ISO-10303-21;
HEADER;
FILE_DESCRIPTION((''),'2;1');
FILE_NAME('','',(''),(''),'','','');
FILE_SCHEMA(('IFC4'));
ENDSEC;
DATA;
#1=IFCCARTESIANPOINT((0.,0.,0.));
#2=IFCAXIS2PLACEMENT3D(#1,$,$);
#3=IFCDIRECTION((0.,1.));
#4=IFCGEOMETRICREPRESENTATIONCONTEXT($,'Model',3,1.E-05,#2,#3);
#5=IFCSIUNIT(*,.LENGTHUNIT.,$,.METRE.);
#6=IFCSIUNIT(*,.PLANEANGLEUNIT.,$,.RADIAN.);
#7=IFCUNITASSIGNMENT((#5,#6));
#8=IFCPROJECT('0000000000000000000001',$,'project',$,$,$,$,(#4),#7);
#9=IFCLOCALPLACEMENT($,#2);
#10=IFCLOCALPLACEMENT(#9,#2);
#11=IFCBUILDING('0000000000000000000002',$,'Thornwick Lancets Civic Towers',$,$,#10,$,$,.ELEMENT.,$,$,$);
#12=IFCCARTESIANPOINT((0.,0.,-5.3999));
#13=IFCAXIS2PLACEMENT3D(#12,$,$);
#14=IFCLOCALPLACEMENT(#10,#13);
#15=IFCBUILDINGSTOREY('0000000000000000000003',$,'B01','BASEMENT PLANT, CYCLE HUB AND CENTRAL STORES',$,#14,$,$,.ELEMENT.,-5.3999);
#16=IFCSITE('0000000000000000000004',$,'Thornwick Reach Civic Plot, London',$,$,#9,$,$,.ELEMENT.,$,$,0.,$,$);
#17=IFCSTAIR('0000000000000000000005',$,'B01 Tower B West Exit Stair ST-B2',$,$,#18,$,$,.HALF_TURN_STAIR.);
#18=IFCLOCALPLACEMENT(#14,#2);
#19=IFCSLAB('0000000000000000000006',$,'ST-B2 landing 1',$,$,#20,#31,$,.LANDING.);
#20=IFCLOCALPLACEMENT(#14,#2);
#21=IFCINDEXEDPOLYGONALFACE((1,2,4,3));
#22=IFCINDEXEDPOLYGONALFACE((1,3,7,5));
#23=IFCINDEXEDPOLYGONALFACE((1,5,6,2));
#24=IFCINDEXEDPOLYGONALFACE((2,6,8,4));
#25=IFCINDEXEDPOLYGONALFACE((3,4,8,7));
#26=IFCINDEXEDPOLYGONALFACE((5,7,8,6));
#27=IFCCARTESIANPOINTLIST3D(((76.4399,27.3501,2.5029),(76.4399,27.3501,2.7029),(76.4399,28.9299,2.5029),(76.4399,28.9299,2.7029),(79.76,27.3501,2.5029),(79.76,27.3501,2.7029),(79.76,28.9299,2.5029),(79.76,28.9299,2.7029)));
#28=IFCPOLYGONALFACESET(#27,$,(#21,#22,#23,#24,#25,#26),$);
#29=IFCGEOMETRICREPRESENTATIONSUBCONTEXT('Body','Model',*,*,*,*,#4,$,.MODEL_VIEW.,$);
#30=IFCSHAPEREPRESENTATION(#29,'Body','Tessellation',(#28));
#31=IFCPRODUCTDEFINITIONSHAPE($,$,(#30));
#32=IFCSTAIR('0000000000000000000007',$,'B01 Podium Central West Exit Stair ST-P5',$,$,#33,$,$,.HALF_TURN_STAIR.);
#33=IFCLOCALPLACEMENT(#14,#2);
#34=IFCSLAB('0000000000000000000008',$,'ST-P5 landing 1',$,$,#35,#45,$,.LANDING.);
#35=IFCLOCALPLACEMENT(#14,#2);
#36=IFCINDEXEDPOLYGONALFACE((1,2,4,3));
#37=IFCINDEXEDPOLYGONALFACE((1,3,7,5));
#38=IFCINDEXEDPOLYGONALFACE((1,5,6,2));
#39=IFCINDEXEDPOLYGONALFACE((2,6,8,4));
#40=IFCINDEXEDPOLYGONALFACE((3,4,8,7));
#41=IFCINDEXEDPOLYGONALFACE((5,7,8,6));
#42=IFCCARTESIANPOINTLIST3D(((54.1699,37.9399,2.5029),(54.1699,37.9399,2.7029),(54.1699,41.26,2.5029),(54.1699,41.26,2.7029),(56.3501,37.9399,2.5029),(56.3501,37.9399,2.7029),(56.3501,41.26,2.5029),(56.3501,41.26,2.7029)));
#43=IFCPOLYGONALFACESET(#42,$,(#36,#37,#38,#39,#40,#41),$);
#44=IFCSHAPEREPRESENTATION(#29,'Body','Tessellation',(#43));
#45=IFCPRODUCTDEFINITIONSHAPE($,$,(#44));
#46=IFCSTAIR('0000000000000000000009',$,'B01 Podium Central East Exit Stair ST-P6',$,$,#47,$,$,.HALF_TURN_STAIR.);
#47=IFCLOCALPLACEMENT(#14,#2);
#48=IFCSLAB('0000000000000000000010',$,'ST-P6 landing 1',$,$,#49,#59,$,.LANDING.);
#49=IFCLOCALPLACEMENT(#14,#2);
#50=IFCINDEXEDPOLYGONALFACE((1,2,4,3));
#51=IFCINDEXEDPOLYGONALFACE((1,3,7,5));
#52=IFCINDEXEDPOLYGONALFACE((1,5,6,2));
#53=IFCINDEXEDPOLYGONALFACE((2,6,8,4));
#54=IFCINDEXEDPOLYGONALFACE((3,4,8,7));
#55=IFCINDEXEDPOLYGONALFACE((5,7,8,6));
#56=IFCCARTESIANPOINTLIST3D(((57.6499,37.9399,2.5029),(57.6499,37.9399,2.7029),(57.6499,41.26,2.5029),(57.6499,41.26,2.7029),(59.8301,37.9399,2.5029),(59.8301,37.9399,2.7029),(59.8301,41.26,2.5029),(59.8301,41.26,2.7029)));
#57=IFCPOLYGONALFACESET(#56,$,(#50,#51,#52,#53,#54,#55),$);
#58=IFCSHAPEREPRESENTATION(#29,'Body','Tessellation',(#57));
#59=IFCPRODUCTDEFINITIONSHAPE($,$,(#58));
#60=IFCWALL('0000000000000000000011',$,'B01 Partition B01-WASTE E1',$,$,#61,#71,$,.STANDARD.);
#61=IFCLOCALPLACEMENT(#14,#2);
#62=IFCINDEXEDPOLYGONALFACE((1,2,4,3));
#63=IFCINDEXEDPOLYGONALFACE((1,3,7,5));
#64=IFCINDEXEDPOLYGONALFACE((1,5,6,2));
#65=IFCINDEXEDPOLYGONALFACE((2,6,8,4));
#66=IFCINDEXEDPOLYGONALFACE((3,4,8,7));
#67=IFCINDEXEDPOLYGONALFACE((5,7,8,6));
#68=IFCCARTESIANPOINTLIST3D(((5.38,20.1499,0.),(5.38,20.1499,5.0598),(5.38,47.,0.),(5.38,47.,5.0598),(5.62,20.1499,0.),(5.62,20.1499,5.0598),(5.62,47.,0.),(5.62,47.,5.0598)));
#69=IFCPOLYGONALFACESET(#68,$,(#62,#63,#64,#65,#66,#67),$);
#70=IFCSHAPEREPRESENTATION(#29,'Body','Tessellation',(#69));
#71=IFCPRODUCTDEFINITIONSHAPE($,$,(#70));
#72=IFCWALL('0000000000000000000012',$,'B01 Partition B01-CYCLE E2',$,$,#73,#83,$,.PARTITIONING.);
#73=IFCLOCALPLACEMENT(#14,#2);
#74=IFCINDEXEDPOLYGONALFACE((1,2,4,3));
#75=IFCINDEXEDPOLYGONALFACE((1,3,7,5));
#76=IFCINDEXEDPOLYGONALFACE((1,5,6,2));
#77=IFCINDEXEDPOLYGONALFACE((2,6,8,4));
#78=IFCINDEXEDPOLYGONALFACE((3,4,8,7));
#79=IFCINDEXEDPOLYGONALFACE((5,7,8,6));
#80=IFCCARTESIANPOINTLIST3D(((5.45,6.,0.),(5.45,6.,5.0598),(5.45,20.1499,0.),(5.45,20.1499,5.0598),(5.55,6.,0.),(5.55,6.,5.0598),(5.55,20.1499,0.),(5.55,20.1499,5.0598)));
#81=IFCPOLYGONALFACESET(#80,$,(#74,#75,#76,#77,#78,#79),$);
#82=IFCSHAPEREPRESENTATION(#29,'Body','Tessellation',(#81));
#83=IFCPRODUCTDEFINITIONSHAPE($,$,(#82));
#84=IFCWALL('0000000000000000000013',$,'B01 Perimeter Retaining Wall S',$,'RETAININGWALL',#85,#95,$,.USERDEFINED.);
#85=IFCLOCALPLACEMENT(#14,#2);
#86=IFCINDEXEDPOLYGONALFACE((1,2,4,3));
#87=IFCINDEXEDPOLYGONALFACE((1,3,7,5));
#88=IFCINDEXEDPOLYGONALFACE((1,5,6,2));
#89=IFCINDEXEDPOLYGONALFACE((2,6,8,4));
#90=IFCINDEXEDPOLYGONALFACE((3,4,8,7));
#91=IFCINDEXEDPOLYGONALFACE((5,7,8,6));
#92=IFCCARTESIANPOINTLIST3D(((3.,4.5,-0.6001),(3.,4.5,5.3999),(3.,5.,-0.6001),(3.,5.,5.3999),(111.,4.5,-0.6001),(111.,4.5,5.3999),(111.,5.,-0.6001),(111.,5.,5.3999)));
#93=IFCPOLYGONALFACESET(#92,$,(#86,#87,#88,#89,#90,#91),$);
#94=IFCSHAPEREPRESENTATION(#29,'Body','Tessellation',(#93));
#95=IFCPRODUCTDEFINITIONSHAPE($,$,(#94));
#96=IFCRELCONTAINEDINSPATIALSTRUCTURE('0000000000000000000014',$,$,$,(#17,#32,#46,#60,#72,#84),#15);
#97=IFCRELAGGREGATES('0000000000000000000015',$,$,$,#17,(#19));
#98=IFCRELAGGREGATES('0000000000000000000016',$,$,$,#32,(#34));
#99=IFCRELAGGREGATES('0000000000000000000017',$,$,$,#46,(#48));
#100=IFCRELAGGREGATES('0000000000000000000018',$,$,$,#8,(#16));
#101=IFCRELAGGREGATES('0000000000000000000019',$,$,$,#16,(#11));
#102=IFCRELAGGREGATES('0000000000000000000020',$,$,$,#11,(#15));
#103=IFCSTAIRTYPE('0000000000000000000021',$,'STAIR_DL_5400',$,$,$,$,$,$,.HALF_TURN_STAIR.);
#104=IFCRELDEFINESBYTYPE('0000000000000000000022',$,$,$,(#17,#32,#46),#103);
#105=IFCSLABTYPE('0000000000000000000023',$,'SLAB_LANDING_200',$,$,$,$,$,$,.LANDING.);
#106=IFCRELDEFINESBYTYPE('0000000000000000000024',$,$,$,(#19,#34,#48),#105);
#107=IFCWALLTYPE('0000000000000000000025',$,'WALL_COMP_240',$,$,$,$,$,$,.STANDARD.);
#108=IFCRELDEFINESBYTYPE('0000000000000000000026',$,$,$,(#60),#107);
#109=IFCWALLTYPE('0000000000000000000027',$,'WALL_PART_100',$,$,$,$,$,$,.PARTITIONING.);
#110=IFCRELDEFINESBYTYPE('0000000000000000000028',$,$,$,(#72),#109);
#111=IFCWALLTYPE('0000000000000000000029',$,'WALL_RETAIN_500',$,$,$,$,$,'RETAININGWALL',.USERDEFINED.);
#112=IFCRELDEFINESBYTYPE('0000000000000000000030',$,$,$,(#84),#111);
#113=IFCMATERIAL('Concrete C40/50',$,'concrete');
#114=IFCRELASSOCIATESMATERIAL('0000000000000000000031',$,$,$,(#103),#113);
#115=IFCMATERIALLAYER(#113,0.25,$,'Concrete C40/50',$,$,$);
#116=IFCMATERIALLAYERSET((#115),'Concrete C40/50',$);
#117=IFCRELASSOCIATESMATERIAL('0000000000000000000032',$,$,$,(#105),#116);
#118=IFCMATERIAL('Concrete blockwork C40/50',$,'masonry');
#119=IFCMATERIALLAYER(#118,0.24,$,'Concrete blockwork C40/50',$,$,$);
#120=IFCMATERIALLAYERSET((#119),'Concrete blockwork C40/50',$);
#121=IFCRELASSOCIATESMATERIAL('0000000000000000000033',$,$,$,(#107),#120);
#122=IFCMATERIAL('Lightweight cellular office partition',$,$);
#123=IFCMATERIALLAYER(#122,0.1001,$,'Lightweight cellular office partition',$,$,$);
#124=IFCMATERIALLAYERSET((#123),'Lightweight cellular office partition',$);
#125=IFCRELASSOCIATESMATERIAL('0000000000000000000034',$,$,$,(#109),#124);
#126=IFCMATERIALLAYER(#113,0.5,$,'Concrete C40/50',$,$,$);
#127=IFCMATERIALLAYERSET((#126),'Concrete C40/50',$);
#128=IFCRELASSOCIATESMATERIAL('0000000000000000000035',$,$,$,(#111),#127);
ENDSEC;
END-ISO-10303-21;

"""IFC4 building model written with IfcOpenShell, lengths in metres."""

from ifc_helpers import new_model, si_unit, direction, frame, frame_2d, origin, place, context, subcontext, project, spatial, polyline, rectangle, outline, extrude, material, layer, layer_set, type_object, element, aggregate, save


model = new_model("IFC4")

# Units and contexts
model_context = context("Model", 3, precision=1e-05, world=origin(), true_north=direction((0.0, 1.0)))
body_context = subcontext(model_context, "Body", "Model", "MODEL_VIEW")
ifc_project = project(units=[si_unit("LENGTHUNIT", "METRE"), si_unit("PLANEANGLEUNIT", "RADIAN")], contexts=[model_context])

# Site, building, storey
site_placement = place(None, origin())
site = spatial("IfcSite", under=ifc_project, at=site_placement, Name="Thornwick Reach Civic Plot, London", CompositionType="ELEMENT", RefElevation=0.0)
building_placement = place(site_placement, origin())
building = spatial("IfcBuilding", under=site, at=building_placement, Name="Thornwick Lancets Civic Towers", CompositionType="ELEMENT")
storey_placement = place(building_placement, frame((0.0, 0.0, -5.3999)))
storey = spatial("IfcBuildingStorey", under=building, at=storey_placement, Name="B01", Description="BASEMENT PLANT, CYCLE HUB AND CENTRAL STORES", CompositionType="ELEMENT", Elevation=-5.3999)

# Shared definitions
ifc_material_1 = material(Name="Concrete C40/50", Category="concrete")

# Stairs, slabs
stair_type = type_object("IfcStairType", Name="STAIR_DL_5400", PredefinedType="HALF_TURN_STAIR", material=ifc_material_1)
ifc_layer_1 = layer(ifc_material_1, 0.25, Name="Concrete C40/50")
ifc_layer_set_1 = layer_set([ifc_layer_1], Name="Concrete C40/50")
slab_type_1 = type_object("IfcSlabType", Name="SLAB_LANDING_200", PredefinedType="LANDING", material=ifc_layer_set_1)
stair_1_placement = place(storey_placement, origin())
stair_1 = element("IfcStair", 1, at=stair_1_placement, inside=storey, type_object=stair_type, Name="B01 Tower B West Exit Stair ST-B2", PredefinedType="HALF_TURN_STAIR")
slab_1_placement = place(storey_placement, frame((0.0, 0.0, 2.5029)))
slab_1 = element("IfcSlab", 2, at=slab_1_placement, type_object=slab_type_1, Name="ST-B2 landing 1", PredefinedType="LANDING", context=body_context, shape_type="SweptSolid", body=[
    extrude(outline(polyline([(76.4399, 28.9299), (76.4399, 27.3501), (79.76, 27.3501), (79.76, 28.9299), (76.4399, 28.9299)])), origin(), (0.0, 0.0, 1.0), 0.2),
])
aggregate(stair_1, [slab_1])
stair_2_placement = place(storey_placement, origin())
stair_2 = element("IfcStair", 3, at=stair_2_placement, inside=storey, type_object=stair_type, Name="B01 Podium Central West Exit Stair ST-P5", PredefinedType="HALF_TURN_STAIR")
slab_2_placement = place(storey_placement, frame((0.0, 0.0, 2.5029)))
slab_2 = element("IfcSlab", 4, at=slab_2_placement, type_object=slab_type_1, Name="ST-P5 landing 1", PredefinedType="LANDING", context=body_context, shape_type="SweptSolid", body=[
    extrude(outline(polyline([(54.1699, 37.9399), (56.3501, 37.9399), (56.3501, 41.26), (54.1699, 41.26), (54.1699, 37.9399)])), origin(), (0.0, 0.0, 1.0), 0.2),
])
aggregate(stair_2, [slab_2])
stair_3_placement = place(storey_placement, origin())
stair_3 = element("IfcStair", 5, at=stair_3_placement, inside=storey, type_object=stair_type, Name="B01 Podium Central East Exit Stair ST-P6", PredefinedType="HALF_TURN_STAIR")
slab_3_placement = place(storey_placement, frame((0.0, 0.0, 2.5029)))
slab_3 = element("IfcSlab", 6, at=slab_3_placement, type_object=slab_type_1, Name="ST-P6 landing 1", PredefinedType="LANDING", context=body_context, shape_type="SweptSolid", body=[
    extrude(outline(polyline([(59.8301, 41.26), (57.6499, 41.26), (57.6499, 37.9399), (59.8301, 37.9399), (59.8301, 41.26)])), origin(), (0.0, 0.0, 1.0), 0.2),
])
aggregate(stair_3, [slab_3])

# Walls
ifc_material_2 = material(Name="Concrete blockwork C40/50", Category="masonry")
ifc_layer_2 = layer(ifc_material_2, 0.24, Name="Concrete blockwork C40/50")
ifc_layer_set_2 = layer_set([ifc_layer_2], Name="Concrete blockwork C40/50")
wall_type_1 = type_object("IfcWallType", Name="WALL_COMP_240", PredefinedType="STANDARD", material=ifc_layer_set_2)
wall_1_placement = place(storey_placement, frame((5.5, 20.1499, 0.0), z_axis=(0.0, 0.0, 1.0), x_axis=(0.0, 1.0, 0.0)))
element("IfcWall", 7, at=wall_1_placement, inside=storey, type_object=wall_type_1, Name="B01 Partition B01-WASTE E1", PredefinedType="STANDARD", context=body_context, shape_type="SweptSolid", body=[
    extrude(rectangle(XDim=26.8501, YDim=0.24, at=frame_2d((13.425, 0.0))), origin(), (0.0, 0.0, 1.0), 5.0598),
])
ifc_material_3 = material(Name="Lightweight cellular office partition")
ifc_layer_3 = layer(ifc_material_3, 0.1001, Name="Lightweight cellular office partition")
ifc_layer_set_3 = layer_set([ifc_layer_3], Name="Lightweight cellular office partition")
wall_type_2 = type_object("IfcWallType", Name="WALL_PART_100", PredefinedType="PARTITIONING", material=ifc_layer_set_3)
wall_2_placement = place(storey_placement, frame((5.5, 6.0, 0.0), z_axis=(0.0, 0.0, 1.0), x_axis=(0.0, 1.0, 0.0)))
element("IfcWall", 8, at=wall_2_placement, inside=storey, type_object=wall_type_2, Name="B01 Partition B01-CYCLE E2", PredefinedType="PARTITIONING", context=body_context, shape_type="SweptSolid", body=[
    extrude(rectangle(XDim=14.1499, YDim=0.1001, at=frame_2d((7.075, 0.0))), origin(), (0.0, 0.0, 1.0), 5.0598),
])
ifc_layer_4 = layer(ifc_material_1, 0.5, Name="Concrete C40/50")
ifc_layer_set_4 = layer_set([ifc_layer_4], Name="Concrete C40/50")
wall_type_3 = type_object("IfcWallType", Name="WALL_RETAIN_500", ElementType="RETAININGWALL", PredefinedType="USERDEFINED", material=ifc_layer_set_4)
wall_3_placement = place(storey_placement, frame((3.0, 4.75, -0.6001), z_axis=(0.0, 0.0, 1.0), x_axis=(1.0, 0.0, 0.0)))
element("IfcWall", 9, at=wall_3_placement, inside=storey, type_object=wall_type_3, Name="B01 Perimeter Retaining Wall S", ObjectType="RETAININGWALL", PredefinedType="USERDEFINED", context=body_context, shape_type="SweptSolid", body=[
    extrude(rectangle(XDim=108.0, YDim=0.5, at=frame_2d((54.0, 0.0))), origin(), (0.0, 0.0, 1.0), 6.0),
])

save(model, "model.ifc")
